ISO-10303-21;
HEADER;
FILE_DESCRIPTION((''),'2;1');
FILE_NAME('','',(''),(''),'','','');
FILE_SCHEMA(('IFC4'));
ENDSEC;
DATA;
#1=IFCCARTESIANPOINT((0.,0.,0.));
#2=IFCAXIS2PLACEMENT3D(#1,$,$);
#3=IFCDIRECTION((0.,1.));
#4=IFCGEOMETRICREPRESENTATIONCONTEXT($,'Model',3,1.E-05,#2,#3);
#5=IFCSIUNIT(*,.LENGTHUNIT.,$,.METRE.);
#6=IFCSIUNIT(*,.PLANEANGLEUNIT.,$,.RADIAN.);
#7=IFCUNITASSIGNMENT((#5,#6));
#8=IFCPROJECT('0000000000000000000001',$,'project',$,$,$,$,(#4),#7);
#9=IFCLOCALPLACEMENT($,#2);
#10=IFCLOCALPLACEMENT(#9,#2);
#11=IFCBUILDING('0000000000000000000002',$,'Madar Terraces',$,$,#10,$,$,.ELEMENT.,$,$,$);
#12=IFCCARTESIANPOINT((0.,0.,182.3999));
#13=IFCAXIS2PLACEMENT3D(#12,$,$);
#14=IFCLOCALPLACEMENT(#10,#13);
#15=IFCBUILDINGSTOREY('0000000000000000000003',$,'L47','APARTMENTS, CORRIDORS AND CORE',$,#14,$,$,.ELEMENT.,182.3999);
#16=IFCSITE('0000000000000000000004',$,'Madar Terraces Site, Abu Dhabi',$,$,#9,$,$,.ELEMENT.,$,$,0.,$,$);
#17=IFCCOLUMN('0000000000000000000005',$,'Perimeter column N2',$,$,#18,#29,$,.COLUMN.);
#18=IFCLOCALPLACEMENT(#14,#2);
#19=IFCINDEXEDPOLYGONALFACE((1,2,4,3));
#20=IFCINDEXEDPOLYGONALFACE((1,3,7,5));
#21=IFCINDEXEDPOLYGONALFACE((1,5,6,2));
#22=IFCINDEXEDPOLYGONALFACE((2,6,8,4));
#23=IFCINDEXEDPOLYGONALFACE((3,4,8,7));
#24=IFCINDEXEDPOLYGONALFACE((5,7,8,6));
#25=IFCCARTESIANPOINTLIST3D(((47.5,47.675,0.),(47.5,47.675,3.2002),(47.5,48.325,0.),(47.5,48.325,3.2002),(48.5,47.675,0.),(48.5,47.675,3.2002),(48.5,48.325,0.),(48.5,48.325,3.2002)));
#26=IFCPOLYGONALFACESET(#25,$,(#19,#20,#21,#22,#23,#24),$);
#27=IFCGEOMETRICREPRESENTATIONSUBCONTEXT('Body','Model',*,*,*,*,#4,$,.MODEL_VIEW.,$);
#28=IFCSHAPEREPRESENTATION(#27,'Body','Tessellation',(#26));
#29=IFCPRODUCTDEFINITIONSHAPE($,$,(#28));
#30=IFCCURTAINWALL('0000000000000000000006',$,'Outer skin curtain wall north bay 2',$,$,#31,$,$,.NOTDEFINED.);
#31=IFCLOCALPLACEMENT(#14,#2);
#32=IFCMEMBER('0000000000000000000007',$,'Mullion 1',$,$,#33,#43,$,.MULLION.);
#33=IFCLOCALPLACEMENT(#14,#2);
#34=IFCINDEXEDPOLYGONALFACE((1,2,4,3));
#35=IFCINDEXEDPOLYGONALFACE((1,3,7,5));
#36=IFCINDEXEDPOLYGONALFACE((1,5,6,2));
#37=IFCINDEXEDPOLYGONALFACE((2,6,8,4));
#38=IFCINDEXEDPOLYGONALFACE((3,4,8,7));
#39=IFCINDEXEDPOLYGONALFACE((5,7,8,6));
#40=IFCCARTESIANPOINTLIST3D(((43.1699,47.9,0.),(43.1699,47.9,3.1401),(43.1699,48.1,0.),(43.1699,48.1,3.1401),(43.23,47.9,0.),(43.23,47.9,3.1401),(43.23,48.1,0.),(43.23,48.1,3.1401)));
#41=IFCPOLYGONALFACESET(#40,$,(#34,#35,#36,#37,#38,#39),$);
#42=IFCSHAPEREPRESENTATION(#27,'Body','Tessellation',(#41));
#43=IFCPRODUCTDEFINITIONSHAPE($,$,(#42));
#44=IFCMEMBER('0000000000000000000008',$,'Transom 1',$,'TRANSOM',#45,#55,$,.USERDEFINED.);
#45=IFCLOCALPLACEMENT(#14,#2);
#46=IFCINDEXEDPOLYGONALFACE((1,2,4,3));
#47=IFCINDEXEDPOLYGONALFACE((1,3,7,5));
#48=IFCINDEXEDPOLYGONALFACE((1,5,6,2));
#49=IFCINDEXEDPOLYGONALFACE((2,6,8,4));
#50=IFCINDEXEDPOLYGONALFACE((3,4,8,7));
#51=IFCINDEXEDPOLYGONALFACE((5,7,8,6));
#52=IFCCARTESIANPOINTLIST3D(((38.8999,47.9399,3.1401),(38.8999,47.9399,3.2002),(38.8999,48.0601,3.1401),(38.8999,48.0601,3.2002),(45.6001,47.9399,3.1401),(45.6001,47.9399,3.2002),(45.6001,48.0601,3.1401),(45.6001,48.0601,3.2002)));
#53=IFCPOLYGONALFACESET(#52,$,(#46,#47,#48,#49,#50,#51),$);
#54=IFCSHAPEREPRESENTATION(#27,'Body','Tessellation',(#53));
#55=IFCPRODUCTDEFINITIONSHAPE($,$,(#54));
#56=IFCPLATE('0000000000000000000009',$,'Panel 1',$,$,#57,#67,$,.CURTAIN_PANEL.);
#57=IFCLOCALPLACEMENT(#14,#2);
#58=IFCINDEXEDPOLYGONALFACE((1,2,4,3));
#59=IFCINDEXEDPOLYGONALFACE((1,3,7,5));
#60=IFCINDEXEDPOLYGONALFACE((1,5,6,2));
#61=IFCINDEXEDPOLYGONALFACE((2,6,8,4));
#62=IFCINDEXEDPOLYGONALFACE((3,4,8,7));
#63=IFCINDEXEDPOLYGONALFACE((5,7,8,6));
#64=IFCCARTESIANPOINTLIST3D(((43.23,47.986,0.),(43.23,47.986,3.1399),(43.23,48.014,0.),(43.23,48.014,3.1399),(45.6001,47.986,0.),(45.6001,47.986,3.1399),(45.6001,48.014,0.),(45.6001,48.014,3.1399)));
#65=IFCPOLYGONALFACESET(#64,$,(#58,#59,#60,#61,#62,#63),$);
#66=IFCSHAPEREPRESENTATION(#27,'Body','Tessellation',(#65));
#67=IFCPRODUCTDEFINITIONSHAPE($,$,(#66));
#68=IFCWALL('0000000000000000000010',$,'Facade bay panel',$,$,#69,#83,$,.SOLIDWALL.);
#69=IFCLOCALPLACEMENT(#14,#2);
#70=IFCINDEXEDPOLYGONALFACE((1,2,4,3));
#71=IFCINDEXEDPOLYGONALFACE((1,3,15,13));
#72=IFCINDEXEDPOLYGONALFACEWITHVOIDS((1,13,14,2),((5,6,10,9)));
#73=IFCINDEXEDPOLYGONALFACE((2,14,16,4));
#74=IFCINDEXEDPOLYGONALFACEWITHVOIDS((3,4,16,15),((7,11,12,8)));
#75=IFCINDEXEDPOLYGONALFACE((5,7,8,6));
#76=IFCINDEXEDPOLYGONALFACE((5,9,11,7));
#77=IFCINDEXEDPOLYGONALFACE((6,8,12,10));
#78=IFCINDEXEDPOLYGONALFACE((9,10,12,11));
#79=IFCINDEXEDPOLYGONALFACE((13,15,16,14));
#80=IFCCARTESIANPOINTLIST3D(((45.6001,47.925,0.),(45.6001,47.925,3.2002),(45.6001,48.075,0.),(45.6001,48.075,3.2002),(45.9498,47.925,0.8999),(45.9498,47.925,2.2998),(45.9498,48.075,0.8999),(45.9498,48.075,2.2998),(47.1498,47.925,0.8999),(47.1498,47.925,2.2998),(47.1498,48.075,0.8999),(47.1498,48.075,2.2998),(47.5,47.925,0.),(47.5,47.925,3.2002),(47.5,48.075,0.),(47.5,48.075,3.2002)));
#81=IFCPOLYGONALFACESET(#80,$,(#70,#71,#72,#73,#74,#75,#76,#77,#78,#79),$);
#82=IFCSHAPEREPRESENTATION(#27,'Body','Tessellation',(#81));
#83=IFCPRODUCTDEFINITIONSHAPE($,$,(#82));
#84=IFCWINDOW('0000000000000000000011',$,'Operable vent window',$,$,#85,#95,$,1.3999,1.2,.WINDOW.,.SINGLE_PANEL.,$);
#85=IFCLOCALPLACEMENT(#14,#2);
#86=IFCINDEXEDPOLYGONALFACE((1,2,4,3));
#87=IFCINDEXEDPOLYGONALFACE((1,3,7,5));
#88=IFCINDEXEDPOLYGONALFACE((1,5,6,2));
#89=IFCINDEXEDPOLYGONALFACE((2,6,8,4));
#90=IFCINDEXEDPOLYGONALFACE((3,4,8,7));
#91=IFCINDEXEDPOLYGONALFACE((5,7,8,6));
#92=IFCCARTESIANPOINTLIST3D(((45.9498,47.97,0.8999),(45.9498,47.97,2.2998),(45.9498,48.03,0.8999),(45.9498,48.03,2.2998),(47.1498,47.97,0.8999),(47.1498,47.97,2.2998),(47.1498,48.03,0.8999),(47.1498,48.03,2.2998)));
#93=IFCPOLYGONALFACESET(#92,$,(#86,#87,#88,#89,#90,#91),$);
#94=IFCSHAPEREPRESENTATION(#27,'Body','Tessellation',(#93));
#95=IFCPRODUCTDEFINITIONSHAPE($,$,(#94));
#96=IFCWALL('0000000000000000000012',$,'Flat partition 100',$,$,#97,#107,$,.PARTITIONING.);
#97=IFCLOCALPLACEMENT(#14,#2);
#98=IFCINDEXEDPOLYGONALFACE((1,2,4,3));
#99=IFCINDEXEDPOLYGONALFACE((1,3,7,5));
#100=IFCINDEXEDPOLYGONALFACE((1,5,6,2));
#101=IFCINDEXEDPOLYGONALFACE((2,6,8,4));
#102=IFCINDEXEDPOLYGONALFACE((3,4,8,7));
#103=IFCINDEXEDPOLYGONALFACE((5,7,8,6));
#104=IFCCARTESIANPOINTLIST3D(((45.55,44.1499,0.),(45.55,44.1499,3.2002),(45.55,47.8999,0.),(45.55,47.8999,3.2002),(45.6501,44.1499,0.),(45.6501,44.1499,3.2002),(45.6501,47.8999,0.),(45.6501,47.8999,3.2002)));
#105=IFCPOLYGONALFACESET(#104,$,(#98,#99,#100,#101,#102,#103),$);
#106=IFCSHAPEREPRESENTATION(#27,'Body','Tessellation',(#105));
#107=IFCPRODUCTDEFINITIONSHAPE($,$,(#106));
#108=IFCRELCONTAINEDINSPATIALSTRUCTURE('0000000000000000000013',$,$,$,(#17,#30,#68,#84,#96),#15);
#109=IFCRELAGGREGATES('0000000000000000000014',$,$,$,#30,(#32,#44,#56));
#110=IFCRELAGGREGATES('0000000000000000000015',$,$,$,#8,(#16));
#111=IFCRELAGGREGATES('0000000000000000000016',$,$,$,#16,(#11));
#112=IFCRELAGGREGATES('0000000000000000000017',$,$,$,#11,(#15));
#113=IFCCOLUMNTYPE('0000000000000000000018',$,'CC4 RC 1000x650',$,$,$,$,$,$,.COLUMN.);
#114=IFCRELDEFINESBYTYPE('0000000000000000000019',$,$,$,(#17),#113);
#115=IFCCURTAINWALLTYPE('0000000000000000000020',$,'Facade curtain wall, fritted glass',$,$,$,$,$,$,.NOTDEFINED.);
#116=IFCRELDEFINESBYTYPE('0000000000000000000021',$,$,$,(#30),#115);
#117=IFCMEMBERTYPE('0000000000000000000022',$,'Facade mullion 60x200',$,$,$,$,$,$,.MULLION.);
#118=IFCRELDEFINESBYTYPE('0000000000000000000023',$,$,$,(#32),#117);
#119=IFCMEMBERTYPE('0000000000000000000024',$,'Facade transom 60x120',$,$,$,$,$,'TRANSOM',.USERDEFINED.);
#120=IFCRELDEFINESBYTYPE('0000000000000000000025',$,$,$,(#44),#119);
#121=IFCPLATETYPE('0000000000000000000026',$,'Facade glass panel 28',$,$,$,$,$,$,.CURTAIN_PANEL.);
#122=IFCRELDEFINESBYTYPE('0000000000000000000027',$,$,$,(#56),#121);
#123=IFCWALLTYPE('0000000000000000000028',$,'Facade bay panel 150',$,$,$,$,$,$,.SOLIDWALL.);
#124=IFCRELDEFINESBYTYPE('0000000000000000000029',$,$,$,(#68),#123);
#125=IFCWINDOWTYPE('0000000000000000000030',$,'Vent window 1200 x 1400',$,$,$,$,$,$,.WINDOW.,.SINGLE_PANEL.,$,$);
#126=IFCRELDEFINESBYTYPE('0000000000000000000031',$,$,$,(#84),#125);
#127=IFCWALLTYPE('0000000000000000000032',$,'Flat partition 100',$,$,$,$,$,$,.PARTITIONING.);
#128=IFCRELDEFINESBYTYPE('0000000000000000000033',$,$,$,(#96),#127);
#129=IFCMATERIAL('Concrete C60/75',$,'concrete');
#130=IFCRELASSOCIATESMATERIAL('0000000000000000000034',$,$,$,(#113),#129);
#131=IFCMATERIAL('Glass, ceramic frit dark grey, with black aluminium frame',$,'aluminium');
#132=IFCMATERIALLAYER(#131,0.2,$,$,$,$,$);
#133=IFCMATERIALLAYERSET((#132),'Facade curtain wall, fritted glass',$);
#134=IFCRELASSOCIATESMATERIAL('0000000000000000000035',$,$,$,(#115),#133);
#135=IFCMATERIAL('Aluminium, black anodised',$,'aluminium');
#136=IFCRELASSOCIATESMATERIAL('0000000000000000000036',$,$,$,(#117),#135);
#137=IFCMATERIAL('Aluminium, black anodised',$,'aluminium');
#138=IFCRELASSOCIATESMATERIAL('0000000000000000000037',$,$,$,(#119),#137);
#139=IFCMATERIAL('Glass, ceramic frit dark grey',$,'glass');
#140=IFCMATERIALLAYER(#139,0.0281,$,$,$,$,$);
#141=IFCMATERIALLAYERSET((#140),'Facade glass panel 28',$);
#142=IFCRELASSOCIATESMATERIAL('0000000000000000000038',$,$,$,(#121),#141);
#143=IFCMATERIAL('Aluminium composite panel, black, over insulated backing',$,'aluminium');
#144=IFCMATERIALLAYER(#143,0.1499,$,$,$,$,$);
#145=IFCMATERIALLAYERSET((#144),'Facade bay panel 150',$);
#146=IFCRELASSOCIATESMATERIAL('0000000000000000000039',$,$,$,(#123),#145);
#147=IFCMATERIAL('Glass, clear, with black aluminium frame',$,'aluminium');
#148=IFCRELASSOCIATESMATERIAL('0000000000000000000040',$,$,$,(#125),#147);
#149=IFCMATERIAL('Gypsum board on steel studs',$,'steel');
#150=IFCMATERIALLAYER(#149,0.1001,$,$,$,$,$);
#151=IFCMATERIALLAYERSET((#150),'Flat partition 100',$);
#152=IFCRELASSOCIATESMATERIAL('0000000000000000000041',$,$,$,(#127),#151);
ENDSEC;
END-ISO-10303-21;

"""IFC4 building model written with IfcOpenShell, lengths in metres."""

from ifc_helpers import new_model, si_unit, direction, frame, frame_2d, origin, origin_2d, place, context, subcontext, project, spatial, rectangle, extrude, material, layer, layer_set, material_profile, profile_set, type_object, element, fill, aggregate, save


model = new_model("IFC4")

# Units and contexts
model_context = context("Model", 3, precision=1e-05, world=origin(), true_north=direction((0.0, 1.0)))
body_context = subcontext(model_context, "Body", "Model", "MODEL_VIEW")
ifc_project = project(units=[si_unit("LENGTHUNIT", "METRE"), si_unit("PLANEANGLEUNIT", "RADIAN")], contexts=[model_context])

# Site, building, storey
site_placement = place(None, origin())
site = spatial("IfcSite", under=ifc_project, at=site_placement, Name="Madar Terraces Site, Abu Dhabi", CompositionType="ELEMENT", RefElevation=0.0)
building_placement = place(site_placement, origin())
building = spatial("IfcBuilding", under=site, at=building_placement, Name="Madar Terraces", CompositionType="ELEMENT")
storey_placement = place(building_placement, frame((0.0, 0.0, 182.3999)))
storey = spatial("IfcBuildingStorey", under=building, at=storey_placement, Name="L47", Description="APARTMENTS, CORRIDORS AND CORE", CompositionType="ELEMENT", Elevation=182.3999)

# Column
ifc_material_1 = material(Name="Concrete C60/75", Category="concrete")
ifc_material_profile_1 = material_profile(ifc_material_1, rectangle(XDim=1.0, YDim=0.6499, at=origin_2d()), Name="CC4 RC 1000x650")
ifc_profile_set_1 = profile_set([ifc_material_profile_1], Name="Concrete C60/75")
column_type = type_object("IfcColumnType", Name="CC4 RC 1000x650", PredefinedType="COLUMN", material=ifc_profile_set_1)
column_placement = place(storey_placement, frame((48.0, 48.0, 0.0), z_axis=(0.0, 0.0, 1.0), x_axis=(1.0, 0.0, 0.0)))
element("IfcColumn", 1, at=column_placement, inside=storey, type_object=column_type, Name="Perimeter column N2", PredefinedType="COLUMN", context=body_context, shape_type="SweptSolid", body=[
    extrude(rectangle(XDim=1.0, YDim=0.6499, at=origin_2d()), origin(), (0.0, 0.0, 1.0), 3.2002),
])

# Curtain wall, members, plate
ifc_material_2 = material(Name="Glass, ceramic frit dark grey, with black aluminium frame", Category="aluminium")
ifc_layer_1 = layer(ifc_material_2, 0.2)
ifc_layer_set_1 = layer_set([ifc_layer_1], Name="Facade curtain wall, fritted glass")
curtain_wall_type = type_object("IfcCurtainWallType", Name="Facade curtain wall, fritted glass", PredefinedType="NOTDEFINED", material=ifc_layer_set_1)
curtain_wall_placement = place(storey_placement, origin())
curtain_wall = element("IfcCurtainWall", 2, at=curtain_wall_placement, inside=storey, type_object=curtain_wall_type, Name="Outer skin curtain wall north bay 2", PredefinedType="NOTDEFINED")
ifc_material_3 = material(Name="Aluminium, black anodised", Category="aluminium")
ifc_material_profile_2 = material_profile(ifc_material_3, rectangle(XDim=0.2, YDim=0.0601, at=origin_2d()), Name="Facade mullion 60x200")
ifc_profile_set_2 = profile_set([ifc_material_profile_2], Name="Aluminium, black anodised")
member_type_1 = type_object("IfcMemberType", Name="Facade mullion 60x200", PredefinedType="MULLION", material=ifc_profile_set_2)
member_1_placement = place(storey_placement, frame((43.2, 48.0, 0.0), z_axis=(0.0, 0.0, 1.0), x_axis=(0.0, -1.0, 0.0)))
member_1 = element("IfcMember", 3, at=member_1_placement, type_object=member_type_1, Name="Mullion 1", PredefinedType="MULLION", context=body_context, shape_type="SweptSolid", body=[
    extrude(rectangle(XDim=0.2, YDim=0.0601, at=origin_2d()), origin(), (0.0, 0.0, 1.0), 3.1401),
])
ifc_material_4 = material(Name="Aluminium, black anodised", Category="aluminium")
ifc_material_profile_3 = material_profile(ifc_material_4, rectangle(XDim=0.1201, YDim=0.0601, at=origin_2d()), Name="Facade transom 60x120")
ifc_profile_set_3 = profile_set([ifc_material_profile_3], Name="Aluminium, black anodised")
member_type_2 = type_object("IfcMemberType", Name="Facade transom 60x120", ElementType="TRANSOM", PredefinedType="USERDEFINED", material=ifc_profile_set_3)
member_2_placement = place(storey_placement, frame((45.6001, 48.0, 3.1702), z_axis=(-1.0, 0.0, 0.0), x_axis=(0.0, -1.0, 0.0)))
member_2 = element("IfcMember", 4, at=member_2_placement, type_object=member_type_2, Name="Transom 1", ObjectType="TRANSOM", PredefinedType="USERDEFINED", context=body_context, shape_type="SweptSolid", body=[
    extrude(rectangle(XDim=0.1201, YDim=0.0601, at=origin_2d()), origin(), (0.0, 0.0, 1.0), 6.7002),
])
ifc_material_5 = material(Name="Glass, ceramic frit dark grey", Category="glass")
ifc_layer_2 = layer(ifc_material_5, 0.0281)
ifc_layer_set_2 = layer_set([ifc_layer_2], Name="Facade glass panel 28")
plate_type = type_object("IfcPlateType", Name="Facade glass panel 28", PredefinedType="CURTAIN_PANEL", material=ifc_layer_set_2)
plate_placement = place(storey_placement, frame((44.415, 48.0, 0.0), z_axis=(0.0, 0.0, 1.0), x_axis=(-1.0, 0.0, 0.0)))
plate = element("IfcPlate", 5, at=plate_placement, type_object=plate_type, Name="Panel 1", PredefinedType="CURTAIN_PANEL", context=body_context, shape_type="SweptSolid", body=[
    extrude(rectangle(XDim=2.3701, YDim=0.0281, at=origin_2d()), origin(), (0.0, 0.0, 1.0), 3.1399),
])
aggregate(curtain_wall, [member_1, member_2, plate])

# Wall, opening, window
ifc_material_6 = material(Name="Aluminium composite panel, black, over insulated backing", Category="aluminium")
ifc_layer_3 = layer(ifc_material_6, 0.1499)
ifc_layer_set_3 = layer_set([ifc_layer_3], Name="Facade bay panel 150")
wall_type_1 = type_object("IfcWallType", Name="Facade bay panel 150", PredefinedType="SOLIDWALL", material=ifc_layer_set_3)
wall_1_placement = place(storey_placement, frame((47.5, 48.0, 0.0), z_axis=(0.0, 0.0, 1.0), x_axis=(-1.0, 0.0, 0.0)))
wall_1 = element("IfcWall", 6, at=wall_1_placement, inside=storey, type_object=wall_type_1, Name="Facade bay panel", PredefinedType="SOLIDWALL", context=body_context, shape_type="SweptSolid", body=[
    extrude(rectangle(XDim=1.8999, YDim=0.1499, at=frame_2d((0.95, 0.0))), origin(), (0.0, 0.0, 1.0), 3.2002),
])
opening_1_placement = place(wall_1_placement, frame((0.3501, 0.0, 0.8999)))
opening_1 = element("IfcOpeningElement", 7, at=opening_1_placement, cuts=wall_1, PredefinedType="OPENING", context=body_context, shape_type="SweptSolid", body=[
    extrude(rectangle(XDim=1.2, YDim=1.3999, at=frame_2d((0.6001, 0.7))), frame((0.0, 0.085, 0.0), z_axis=(0.0, -1.0, 0.0), x_axis=(1.0, 0.0, 0.0)), (0.0, 0.0, 1.0), 0.1699),
])
ifc_material_7 = material(Name="Glass, clear, with black aluminium frame", Category="aluminium")
window_type = type_object("IfcWindowType", Name="Vent window 1200 x 1400", PartitioningType="SINGLE_PANEL", PredefinedType="WINDOW", material=ifc_material_7)
window_placement = place(opening_1_placement, origin())
window = element("IfcWindow", 8, at=window_placement, inside=storey, type_object=window_type, Name="Operable vent window", OverallHeight=1.3999, OverallWidth=1.2, PartitioningType="SINGLE_PANEL", PredefinedType="WINDOW", context=body_context, shape_type="SweptSolid", body=[
    extrude(rectangle(XDim=1.2, YDim=1.3999, at=frame_2d((0.6001, 0.7))), frame((0.0, 0.03, 0.0), z_axis=(0.0, -1.0, 0.0), x_axis=(1.0, 0.0, 0.0)), (0.0, 0.0, 1.0), 0.0601),
])
fill(opening_1, window)

# Wall
ifc_material_8 = material(Name="Gypsum board on steel studs", Category="steel")
ifc_layer_4 = layer(ifc_material_8, 0.1001)
ifc_layer_set_4 = layer_set([ifc_layer_4], Name="Flat partition 100")
wall_type_2 = type_object("IfcWallType", Name="Flat partition 100", PredefinedType="PARTITIONING", material=ifc_layer_set_4)
wall_2_placement = place(storey_placement, frame((45.6001, 44.1499, 0.0), z_axis=(0.0, 0.0, 1.0), x_axis=(0.0, 1.0, 0.0)))
element("IfcWall", 9, at=wall_2_placement, inside=storey, type_object=wall_type_2, Name="Flat partition 100", PredefinedType="PARTITIONING", context=body_context, shape_type="SweptSolid", body=[
    extrude(rectangle(XDim=3.75, YDim=0.1001, at=frame_2d((1.875, 0.0))), origin(), (0.0, 0.0, 1.0), 3.2002),
])

save(model, "model.ifc")
